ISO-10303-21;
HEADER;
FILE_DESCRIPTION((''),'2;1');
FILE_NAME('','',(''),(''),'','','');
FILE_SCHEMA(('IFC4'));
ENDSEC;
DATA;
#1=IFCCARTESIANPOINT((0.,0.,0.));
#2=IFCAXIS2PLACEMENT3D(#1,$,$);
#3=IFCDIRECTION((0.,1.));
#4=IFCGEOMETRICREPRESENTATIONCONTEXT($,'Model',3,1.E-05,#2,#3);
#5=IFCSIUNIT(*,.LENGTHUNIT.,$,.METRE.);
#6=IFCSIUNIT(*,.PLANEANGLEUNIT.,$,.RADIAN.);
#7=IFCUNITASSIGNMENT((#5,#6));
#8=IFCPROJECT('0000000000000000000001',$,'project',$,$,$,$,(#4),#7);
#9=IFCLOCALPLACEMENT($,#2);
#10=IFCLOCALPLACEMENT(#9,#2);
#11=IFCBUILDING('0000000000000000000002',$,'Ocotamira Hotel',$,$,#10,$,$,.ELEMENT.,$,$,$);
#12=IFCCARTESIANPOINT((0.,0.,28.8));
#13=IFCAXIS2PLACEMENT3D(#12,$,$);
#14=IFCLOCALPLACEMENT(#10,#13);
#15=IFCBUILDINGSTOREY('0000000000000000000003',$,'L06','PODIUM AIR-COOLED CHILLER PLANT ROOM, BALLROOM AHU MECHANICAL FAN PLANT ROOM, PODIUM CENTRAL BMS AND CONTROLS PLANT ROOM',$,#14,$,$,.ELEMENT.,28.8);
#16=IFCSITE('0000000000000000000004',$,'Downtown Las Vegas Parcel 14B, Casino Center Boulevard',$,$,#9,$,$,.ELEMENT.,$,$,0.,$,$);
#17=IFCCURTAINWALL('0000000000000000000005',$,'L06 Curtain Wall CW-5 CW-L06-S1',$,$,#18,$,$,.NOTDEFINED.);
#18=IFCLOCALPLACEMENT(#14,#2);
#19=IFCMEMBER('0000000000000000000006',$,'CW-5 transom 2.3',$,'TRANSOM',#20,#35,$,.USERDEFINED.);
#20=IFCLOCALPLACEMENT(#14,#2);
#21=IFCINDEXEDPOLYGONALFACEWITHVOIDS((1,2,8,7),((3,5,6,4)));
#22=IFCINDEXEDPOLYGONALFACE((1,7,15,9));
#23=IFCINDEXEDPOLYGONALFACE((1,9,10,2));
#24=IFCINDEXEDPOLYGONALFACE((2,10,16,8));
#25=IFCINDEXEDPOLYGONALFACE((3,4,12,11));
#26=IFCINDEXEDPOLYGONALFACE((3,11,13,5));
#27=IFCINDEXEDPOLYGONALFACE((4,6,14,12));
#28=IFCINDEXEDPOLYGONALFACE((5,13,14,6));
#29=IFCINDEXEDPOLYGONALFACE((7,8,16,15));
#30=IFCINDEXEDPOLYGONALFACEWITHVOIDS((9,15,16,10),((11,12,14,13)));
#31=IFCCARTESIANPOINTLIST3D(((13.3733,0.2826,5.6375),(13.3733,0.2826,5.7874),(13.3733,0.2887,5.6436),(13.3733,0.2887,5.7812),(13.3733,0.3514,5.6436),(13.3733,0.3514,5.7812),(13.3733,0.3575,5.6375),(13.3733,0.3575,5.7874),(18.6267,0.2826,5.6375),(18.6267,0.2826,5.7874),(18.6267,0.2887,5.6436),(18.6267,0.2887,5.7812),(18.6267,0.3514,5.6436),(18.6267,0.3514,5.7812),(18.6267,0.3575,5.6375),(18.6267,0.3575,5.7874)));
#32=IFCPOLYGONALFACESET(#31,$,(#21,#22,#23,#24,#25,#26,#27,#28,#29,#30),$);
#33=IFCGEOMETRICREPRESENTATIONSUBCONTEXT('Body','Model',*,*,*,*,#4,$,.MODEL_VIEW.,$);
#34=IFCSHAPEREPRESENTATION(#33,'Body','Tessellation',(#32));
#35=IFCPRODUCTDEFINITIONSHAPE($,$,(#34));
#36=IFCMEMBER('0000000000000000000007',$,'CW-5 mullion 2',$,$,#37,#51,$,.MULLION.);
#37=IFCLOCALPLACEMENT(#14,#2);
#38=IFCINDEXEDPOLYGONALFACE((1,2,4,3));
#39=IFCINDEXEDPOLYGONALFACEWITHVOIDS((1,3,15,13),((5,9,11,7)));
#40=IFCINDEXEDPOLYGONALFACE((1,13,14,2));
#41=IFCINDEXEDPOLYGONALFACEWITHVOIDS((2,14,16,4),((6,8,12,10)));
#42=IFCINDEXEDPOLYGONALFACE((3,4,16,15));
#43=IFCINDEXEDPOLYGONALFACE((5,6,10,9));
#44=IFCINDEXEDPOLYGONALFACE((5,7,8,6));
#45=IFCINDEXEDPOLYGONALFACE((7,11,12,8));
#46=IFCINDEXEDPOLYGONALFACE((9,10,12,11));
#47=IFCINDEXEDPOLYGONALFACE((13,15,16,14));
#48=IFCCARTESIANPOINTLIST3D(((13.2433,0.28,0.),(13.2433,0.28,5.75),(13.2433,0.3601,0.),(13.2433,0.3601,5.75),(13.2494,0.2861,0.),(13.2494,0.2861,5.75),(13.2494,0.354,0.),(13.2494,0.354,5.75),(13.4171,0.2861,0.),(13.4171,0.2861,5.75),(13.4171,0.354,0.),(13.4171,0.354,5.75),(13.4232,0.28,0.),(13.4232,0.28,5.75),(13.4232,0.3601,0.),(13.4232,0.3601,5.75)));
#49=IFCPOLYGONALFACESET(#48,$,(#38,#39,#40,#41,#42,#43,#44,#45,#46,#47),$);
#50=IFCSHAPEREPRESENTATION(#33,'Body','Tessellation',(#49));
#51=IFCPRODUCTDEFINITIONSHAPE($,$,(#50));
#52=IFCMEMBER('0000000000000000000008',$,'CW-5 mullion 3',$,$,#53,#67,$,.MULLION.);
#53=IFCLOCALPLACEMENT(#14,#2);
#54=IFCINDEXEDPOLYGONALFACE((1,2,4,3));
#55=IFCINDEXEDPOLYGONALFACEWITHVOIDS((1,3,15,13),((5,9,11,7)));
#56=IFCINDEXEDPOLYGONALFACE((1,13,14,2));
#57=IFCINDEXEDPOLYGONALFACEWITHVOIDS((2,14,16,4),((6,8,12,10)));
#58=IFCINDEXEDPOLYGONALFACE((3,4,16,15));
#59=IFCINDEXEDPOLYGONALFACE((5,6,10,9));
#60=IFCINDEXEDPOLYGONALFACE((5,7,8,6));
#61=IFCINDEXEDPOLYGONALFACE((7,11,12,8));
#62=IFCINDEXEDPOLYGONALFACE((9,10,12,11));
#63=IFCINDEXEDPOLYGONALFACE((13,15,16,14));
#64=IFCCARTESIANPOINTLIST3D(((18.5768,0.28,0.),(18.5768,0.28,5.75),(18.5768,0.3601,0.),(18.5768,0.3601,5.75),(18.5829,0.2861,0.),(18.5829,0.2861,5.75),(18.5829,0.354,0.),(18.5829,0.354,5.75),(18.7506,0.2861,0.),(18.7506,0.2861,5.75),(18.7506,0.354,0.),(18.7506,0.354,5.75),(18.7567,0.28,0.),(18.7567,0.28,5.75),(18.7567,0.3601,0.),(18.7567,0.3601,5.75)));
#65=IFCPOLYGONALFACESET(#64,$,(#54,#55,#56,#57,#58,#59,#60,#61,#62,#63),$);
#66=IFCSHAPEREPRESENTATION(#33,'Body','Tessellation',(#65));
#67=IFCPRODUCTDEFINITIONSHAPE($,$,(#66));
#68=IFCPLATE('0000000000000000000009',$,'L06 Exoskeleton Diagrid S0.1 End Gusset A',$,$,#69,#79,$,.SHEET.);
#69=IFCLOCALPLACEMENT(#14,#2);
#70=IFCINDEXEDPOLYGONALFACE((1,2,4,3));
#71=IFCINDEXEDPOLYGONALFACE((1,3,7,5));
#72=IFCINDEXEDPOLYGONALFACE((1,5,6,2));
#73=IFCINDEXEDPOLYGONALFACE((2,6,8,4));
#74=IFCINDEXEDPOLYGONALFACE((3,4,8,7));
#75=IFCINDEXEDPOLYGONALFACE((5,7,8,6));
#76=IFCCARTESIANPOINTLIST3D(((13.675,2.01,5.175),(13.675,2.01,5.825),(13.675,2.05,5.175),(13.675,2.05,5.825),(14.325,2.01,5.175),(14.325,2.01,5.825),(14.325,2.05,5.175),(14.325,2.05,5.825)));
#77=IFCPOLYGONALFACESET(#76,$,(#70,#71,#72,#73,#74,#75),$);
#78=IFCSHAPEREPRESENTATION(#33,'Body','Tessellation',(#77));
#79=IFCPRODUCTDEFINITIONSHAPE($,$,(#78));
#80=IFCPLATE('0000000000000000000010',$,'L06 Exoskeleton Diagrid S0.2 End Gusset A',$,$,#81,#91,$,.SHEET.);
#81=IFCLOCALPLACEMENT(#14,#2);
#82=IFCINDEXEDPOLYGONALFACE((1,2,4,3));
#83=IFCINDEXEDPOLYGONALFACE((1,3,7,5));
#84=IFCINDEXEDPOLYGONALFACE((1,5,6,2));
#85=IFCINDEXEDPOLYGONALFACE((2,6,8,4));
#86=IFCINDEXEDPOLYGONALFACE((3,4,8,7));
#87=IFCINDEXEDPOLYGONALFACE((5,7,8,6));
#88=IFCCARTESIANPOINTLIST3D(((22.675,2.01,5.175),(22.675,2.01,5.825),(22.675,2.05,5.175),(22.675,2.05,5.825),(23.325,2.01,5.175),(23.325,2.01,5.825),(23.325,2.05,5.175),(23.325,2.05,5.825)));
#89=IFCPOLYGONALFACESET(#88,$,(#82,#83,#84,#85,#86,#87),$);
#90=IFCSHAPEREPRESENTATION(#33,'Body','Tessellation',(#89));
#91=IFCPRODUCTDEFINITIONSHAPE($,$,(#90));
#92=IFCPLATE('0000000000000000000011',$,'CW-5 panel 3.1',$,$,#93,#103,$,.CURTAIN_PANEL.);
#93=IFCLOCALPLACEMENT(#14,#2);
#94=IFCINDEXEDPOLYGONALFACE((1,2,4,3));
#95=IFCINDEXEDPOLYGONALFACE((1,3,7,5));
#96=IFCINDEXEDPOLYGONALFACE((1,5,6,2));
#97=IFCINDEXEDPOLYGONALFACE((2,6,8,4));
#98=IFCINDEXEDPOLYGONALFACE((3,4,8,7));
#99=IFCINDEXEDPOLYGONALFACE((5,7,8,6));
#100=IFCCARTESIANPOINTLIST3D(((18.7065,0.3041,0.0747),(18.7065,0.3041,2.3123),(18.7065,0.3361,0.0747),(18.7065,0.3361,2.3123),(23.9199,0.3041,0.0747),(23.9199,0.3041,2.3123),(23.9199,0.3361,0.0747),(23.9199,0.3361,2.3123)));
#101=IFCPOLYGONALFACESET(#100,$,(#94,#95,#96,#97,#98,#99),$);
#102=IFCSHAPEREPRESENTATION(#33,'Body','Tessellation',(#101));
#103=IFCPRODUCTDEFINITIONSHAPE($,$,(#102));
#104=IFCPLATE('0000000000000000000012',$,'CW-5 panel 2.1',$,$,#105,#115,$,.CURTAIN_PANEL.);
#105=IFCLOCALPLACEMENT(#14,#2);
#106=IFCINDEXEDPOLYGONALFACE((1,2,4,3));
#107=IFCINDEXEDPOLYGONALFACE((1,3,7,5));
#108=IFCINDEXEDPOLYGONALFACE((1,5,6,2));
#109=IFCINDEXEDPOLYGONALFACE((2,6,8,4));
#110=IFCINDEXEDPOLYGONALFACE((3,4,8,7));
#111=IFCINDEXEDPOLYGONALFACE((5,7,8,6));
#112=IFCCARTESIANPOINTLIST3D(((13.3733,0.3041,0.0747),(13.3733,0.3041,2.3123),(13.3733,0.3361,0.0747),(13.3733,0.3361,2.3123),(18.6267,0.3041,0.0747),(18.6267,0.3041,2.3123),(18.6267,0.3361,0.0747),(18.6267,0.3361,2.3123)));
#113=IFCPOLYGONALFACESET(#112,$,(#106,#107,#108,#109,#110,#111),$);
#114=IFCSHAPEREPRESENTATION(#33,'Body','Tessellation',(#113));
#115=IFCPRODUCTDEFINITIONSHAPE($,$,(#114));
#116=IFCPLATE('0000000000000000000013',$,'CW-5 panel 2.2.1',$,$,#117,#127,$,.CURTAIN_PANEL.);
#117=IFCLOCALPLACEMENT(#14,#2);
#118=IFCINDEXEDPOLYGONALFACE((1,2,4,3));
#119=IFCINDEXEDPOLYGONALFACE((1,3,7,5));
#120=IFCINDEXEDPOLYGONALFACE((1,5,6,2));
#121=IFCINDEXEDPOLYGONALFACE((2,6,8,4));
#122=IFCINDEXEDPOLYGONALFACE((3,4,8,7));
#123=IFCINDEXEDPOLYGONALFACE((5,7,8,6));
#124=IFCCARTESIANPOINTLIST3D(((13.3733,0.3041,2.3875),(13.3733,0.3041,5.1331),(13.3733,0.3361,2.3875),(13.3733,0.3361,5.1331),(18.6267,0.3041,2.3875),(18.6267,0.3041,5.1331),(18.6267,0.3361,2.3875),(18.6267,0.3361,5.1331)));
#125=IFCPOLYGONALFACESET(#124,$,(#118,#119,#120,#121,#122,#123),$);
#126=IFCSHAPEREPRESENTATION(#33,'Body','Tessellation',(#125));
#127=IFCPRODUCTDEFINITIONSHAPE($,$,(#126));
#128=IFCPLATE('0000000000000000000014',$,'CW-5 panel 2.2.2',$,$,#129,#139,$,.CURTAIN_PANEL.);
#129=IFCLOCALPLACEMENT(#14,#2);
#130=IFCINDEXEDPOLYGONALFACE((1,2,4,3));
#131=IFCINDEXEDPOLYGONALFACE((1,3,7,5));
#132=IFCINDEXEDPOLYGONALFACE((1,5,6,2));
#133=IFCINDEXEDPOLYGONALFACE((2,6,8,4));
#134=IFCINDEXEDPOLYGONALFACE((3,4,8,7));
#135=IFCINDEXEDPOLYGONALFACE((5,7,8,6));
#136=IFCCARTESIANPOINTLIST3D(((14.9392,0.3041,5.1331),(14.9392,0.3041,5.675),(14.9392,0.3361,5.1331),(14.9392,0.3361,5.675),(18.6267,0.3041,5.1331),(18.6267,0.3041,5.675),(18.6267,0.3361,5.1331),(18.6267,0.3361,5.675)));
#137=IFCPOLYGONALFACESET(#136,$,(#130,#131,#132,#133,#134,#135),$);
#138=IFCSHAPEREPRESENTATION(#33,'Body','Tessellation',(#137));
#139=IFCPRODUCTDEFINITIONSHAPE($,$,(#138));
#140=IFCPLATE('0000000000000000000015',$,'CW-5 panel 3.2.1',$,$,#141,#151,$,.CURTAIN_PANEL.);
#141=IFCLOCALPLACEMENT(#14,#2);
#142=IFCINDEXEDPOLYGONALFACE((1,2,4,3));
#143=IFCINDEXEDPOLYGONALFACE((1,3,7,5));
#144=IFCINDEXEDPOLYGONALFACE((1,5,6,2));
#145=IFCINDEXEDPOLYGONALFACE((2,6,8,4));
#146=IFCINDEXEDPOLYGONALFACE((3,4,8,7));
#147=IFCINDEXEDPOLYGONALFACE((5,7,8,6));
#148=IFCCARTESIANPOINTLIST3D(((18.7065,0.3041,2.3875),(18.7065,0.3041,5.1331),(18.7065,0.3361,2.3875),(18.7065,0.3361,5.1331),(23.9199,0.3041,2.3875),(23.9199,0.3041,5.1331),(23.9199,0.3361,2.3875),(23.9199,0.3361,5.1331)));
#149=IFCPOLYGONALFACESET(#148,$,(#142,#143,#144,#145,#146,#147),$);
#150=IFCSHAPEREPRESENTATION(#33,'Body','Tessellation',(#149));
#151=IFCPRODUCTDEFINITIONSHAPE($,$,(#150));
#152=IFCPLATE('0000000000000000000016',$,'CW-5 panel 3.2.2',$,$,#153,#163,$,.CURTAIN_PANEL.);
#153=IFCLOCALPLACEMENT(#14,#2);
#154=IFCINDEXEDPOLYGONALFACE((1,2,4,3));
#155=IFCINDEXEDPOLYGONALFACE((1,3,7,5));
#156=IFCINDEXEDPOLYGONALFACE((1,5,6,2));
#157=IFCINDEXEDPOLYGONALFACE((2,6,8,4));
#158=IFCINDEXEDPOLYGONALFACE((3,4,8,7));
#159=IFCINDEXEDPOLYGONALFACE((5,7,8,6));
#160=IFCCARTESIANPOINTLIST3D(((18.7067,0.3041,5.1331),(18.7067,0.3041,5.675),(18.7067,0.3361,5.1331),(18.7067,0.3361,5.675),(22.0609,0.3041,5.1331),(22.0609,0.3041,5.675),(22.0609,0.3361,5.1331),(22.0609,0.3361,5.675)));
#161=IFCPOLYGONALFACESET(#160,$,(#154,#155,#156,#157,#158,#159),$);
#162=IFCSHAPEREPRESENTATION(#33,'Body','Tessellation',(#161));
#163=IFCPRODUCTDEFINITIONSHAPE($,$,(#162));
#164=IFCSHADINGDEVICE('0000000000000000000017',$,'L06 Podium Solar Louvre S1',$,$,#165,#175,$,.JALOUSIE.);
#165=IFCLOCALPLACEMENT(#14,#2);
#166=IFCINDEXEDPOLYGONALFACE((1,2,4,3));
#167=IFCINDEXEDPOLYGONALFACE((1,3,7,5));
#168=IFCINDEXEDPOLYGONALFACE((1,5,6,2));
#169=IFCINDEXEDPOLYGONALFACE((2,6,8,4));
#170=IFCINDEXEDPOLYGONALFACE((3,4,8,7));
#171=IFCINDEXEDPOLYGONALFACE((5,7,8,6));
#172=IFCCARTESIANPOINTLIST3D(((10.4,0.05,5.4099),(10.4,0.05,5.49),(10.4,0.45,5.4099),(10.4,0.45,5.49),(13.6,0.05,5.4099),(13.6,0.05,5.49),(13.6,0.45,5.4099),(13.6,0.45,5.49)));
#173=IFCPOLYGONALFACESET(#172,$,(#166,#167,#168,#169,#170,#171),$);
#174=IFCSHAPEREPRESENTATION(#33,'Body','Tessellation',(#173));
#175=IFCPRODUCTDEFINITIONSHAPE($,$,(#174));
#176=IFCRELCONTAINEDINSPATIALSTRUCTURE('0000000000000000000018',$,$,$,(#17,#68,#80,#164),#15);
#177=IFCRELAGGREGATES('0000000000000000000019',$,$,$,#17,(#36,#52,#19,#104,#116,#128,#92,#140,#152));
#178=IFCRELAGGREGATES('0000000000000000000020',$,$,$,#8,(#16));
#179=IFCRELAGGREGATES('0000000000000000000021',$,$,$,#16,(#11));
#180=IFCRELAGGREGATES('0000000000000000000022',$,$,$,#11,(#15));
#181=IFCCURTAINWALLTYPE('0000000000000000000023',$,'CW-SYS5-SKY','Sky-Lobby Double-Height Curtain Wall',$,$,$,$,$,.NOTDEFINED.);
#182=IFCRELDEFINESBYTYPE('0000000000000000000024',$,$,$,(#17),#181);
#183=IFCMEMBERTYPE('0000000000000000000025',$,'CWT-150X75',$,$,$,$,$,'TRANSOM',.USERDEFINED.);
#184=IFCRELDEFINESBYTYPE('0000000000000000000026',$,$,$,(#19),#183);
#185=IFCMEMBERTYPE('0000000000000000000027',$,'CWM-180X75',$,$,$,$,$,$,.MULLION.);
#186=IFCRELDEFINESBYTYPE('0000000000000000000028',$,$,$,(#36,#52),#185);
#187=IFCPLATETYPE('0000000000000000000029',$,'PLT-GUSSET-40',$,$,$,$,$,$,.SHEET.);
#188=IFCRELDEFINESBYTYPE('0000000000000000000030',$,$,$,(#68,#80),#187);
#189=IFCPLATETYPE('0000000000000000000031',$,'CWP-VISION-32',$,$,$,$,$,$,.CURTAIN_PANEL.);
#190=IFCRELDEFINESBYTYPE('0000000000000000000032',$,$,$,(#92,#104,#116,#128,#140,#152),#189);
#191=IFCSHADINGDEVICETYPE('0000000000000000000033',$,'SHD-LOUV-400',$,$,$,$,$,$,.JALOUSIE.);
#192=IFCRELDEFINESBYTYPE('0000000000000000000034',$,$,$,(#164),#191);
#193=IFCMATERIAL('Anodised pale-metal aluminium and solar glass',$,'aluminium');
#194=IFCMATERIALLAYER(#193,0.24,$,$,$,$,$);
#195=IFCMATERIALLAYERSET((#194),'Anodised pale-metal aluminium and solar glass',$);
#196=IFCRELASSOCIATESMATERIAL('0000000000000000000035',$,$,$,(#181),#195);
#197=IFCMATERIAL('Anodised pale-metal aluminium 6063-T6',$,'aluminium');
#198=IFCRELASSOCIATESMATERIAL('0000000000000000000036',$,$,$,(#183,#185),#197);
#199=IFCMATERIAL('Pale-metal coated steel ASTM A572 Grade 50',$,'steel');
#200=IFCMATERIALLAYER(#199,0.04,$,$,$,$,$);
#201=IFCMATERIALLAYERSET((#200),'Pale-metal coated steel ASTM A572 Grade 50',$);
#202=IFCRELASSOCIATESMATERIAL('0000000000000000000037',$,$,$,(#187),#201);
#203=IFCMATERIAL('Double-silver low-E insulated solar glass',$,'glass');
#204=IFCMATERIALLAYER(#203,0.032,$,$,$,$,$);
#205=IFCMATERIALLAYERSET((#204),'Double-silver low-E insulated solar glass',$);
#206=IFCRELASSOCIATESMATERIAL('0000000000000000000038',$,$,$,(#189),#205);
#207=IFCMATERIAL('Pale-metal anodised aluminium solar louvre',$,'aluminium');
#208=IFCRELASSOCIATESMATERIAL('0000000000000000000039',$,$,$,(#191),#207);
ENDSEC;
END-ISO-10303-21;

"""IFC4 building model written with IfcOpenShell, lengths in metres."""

from ifc_helpers import new_model, si_unit, direction, frame, origin, origin_2d, place, context, subcontext, project, spatial, rectangle, hollow_rectangle, extrude, source, transform, mapped, material, layer, layer_set, material_profile, profile_set, type_object, element, aggregate, save


model = new_model("IFC4")

# Units and contexts
model_context = context("Model", 3, precision=1e-05, world=origin(), true_north=direction((0.0, 1.0)))
body_context = subcontext(model_context, "Body", "Model", "MODEL_VIEW")
ifc_project = project(units=[si_unit("LENGTHUNIT", "METRE"), si_unit("PLANEANGLEUNIT", "RADIAN")], contexts=[model_context])

# Site, building, storey
site_placement = place(None, origin())
site = spatial("IfcSite", under=ifc_project, at=site_placement, Name="Downtown Las Vegas Parcel 14B, Casino Center Boulevard", CompositionType="ELEMENT", RefElevation=0.0)
building_placement = place(site_placement, origin())
building = spatial("IfcBuilding", under=site, at=building_placement, Name="Ocotamira Hotel", CompositionType="ELEMENT")
storey_placement = place(building_placement, frame((0.0, 0.0, 28.8)))
storey = spatial("IfcBuildingStorey", under=building, at=storey_placement, Name="L06", Description="PODIUM AIR-COOLED CHILLER PLANT ROOM, BALLROOM AHU MECHANICAL FAN PLANT ROOM, PODIUM CENTRAL BMS AND CONTROLS PLANT ROOM", CompositionType="ELEMENT", Elevation=28.8)

# Curtain wall, members
ifc_material_1 = material(Name="Anodised pale-metal aluminium and solar glass", Category="aluminium")
ifc_layer_1 = layer(ifc_material_1, 0.24)
ifc_layer_set_1 = layer_set([ifc_layer_1], Name="Anodised pale-metal aluminium and solar glass")
curtain_wall_type = type_object("IfcCurtainWallType", Name="CW-SYS5-SKY", Description="Sky-Lobby Double-Height Curtain Wall", PredefinedType="NOTDEFINED", material=ifc_layer_set_1)
curtain_wall_placement = place(storey_placement, origin())
curtain_wall = element("IfcCurtainWall", 1, at=curtain_wall_placement, inside=storey, type_object=curtain_wall_type, Name="L06 Curtain Wall CW-5 CW-L06-S1", PredefinedType="NOTDEFINED")
ifc_material_2 = material(Name="Anodised pale-metal aluminium 6063-T6", Category="aluminium")
ifc_material_profile_1 = material_profile(ifc_material_2, hollow_rectangle(XDim=0.075, YDim=0.1499, WallThickness=0.0061, at=origin_2d()), Name="HSS150X75X6")
ifc_profile_set_1 = profile_set([ifc_material_profile_1], Name="Anodised pale-metal aluminium 6063-T6")
member_type_1 = type_object("IfcMemberType", Name="CWT-150X75", ElementType="TRANSOM", PredefinedType="USERDEFINED", material=ifc_profile_set_1)
shared_shape_1 = source(origin(), body_context, "Body", "SweptSolid", [
    extrude(hollow_rectangle(XDim=0.075, YDim=0.1499, WallThickness=0.0061, at=origin_2d()), origin(), (0.0, 0.0, 1.0), 5.2534),
])
member_1_placement = place(storey_placement, frame((13.3733, 0.3201, 5.7124), z_axis=(1.0, 0.0, 0.0), x_axis=(0.0, 1.0, 0.0)))
member_1 = element("IfcMember", 2, at=member_1_placement, type_object=member_type_1, Name="CW-5 transom 2.3", ObjectType="TRANSOM", PredefinedType="USERDEFINED", context=body_context, shape_type="MappedRepresentation", body=[
    mapped(shared_shape_1, transform((0.0, 0.0, 0.0), scale=1.0)),
])
ifc_material_profile_2 = material_profile(ifc_material_2, hollow_rectangle(XDim=0.0801, YDim=0.1799, WallThickness=0.0061, at=origin_2d()), Name="HSS180X80X6")
ifc_profile_set_2 = profile_set([ifc_material_profile_2], Name="Anodised pale-metal aluminium 6063-T6")
member_type_2 = type_object("IfcMemberType", Name="CWM-180X75", PredefinedType="MULLION", material=ifc_profile_set_2)
shared_shape_2 = source(origin(), body_context, "Body", "SweptSolid", [
    extrude(hollow_rectangle(XDim=0.0801, YDim=0.1799, WallThickness=0.0061, at=origin_2d()), origin(), (0.0, 0.0, 1.0), 5.75),
])
member_2_placement = place(storey_placement, frame((13.3333, 0.3201, 0.0), z_axis=(0.0, 0.0, 1.0), x_axis=(0.0, 1.0, 0.0)))
member_2 = element("IfcMember", 3, at=member_2_placement, type_object=member_type_2, Name="CW-5 mullion 2", PredefinedType="MULLION", context=body_context, shape_type="MappedRepresentation", body=[
    mapped(shared_shape_2, transform((0.0, 0.0, 0.0), scale=1.0)),
])
member_3_placement = place(storey_placement, frame((18.6667, 0.3201, 0.0), z_axis=(0.0, 0.0, 1.0), x_axis=(0.0, 1.0, 0.0)))
member_3 = element("IfcMember", 4, at=member_3_placement, type_object=member_type_2, Name="CW-5 mullion 3", PredefinedType="MULLION", context=body_context, shape_type="MappedRepresentation", body=[
    mapped(shared_shape_2, transform((0.0, 0.0, 0.0), scale=1.0)),
])

# Plates
ifc_material_3 = material(Name="Pale-metal coated steel ASTM A572 Grade 50", Category="steel")
ifc_layer_2 = layer(ifc_material_3, 0.04)
ifc_layer_set_2 = layer_set([ifc_layer_2], Name="Pale-metal coated steel ASTM A572 Grade 50")
plate_type_1 = type_object("IfcPlateType", Name="PLT-GUSSET-40", PredefinedType="SHEET", material=ifc_layer_set_2)
shared_shape_3 = source(origin(), body_context, "Body", "SweptSolid", [
    extrude(rectangle(XDim=0.6499, YDim=0.04, at=origin_2d()), origin(), (0.0, 0.0, 1.0), 0.6499),
])
for number, where, z_axis, x_axis, name in (
    (5, (14.0, 2.03, 5.175), (0.0, 0.0, 1.0), (1.0, 0.0, 0.0), "L06 Exoskeleton Diagrid S0.1 End Gusset A"),
    (6, (23.0, 2.03, 5.175), (0.0, 0.0, 1.0), (-1.0, 0.0, 0.0), "L06 Exoskeleton Diagrid S0.2 End Gusset A"),
):
    element("IfcPlate", number, at=place(storey_placement, frame(where, z_axis=z_axis, x_axis=x_axis)), inside=storey, type_object=plate_type_1, Name=name, PredefinedType="SHEET", context=body_context, shape_type="MappedRepresentation", body=[
        mapped(shared_shape_3, transform((0.0, 0.0, 0.0), scale=1.0)),
    ])

# Plates
ifc_material_4 = material(Name="Double-silver low-E insulated solar glass", Category="glass")
ifc_layer_3 = layer(ifc_material_4, 0.032)
ifc_layer_set_3 = layer_set([ifc_layer_3], Name="Double-silver low-E insulated solar glass")
plate_type_2 = type_object("IfcPlateType", Name="CWP-VISION-32", PredefinedType="CURTAIN_PANEL", material=ifc_layer_set_3)
shared_shape_4 = source(origin(), body_context, "Body", "SweptSolid", [
    extrude(rectangle(XDim=5.2134, YDim=0.032, at=origin_2d()), origin(), (0.0, 0.0, 1.0), 2.2375),
])
plate_1_placement = place(storey_placement, frame((21.3132, 0.3201, 0.0747), z_axis=(0.0, 0.0, 1.0), x_axis=(1.0, 0.0, 0.0)))
plate_1 = element("IfcPlate", 7, at=plate_1_placement, type_object=plate_type_2, Name="CW-5 panel 3.1", PredefinedType="CURTAIN_PANEL", context=body_context, shape_type="MappedRepresentation", body=[
    mapped(shared_shape_4, transform((0.0, 0.0, 0.0), scale=1.0)),
])
shared_shape_5 = source(origin(), body_context, "Body", "SweptSolid", [
    extrude(rectangle(XDim=5.2534, YDim=0.032, at=origin_2d()), origin(), (0.0, 0.0, 1.0), 2.2375),
])
plate_2_placement = place(storey_placement, frame((16.0, 0.3201, 0.0747), z_axis=(0.0, 0.0, 1.0), x_axis=(1.0, 0.0, 0.0)))
plate_2 = element("IfcPlate", 8, at=plate_2_placement, type_object=plate_type_2, Name="CW-5 panel 2.1", PredefinedType="CURTAIN_PANEL", context=body_context, shape_type="MappedRepresentation", body=[
    mapped(shared_shape_5, transform((0.0, 0.0, 0.0), scale=1.0)),
])
shared_shape_6 = source(origin(), body_context, "Body", "SweptSolid", [
    extrude(rectangle(XDim=5.2534, YDim=0.032, at=origin_2d()), origin(), (0.0, 0.0, 1.0), 2.7456),
])
plate_3_placement = place(storey_placement, frame((16.0, 0.3201, 2.3875), z_axis=(0.0, 0.0, 1.0), x_axis=(1.0, 0.0, 0.0)))
plate_3 = element("IfcPlate", 9, at=plate_3_placement, type_object=plate_type_2, Name="CW-5 panel 2.2.1", PredefinedType="CURTAIN_PANEL", context=body_context, shape_type="MappedRepresentation", body=[
    mapped(shared_shape_6, transform((0.0, 0.0, 0.0), scale=1.0)),
])
shared_shape_7 = source(origin(), body_context, "Body", "SweptSolid", [
    extrude(rectangle(XDim=3.6875, YDim=0.032, at=origin_2d()), origin(), (0.0, 0.0, 1.0), 0.542),
])
plate_4_placement = place(storey_placement, frame((16.783, 0.3201, 5.1331), z_axis=(0.0, 0.0, 1.0), x_axis=(1.0, 0.0, 0.0)))
plate_4 = element("IfcPlate", 10, at=plate_4_placement, type_object=plate_type_2, Name="CW-5 panel 2.2.2", PredefinedType="CURTAIN_PANEL", context=body_context, shape_type="MappedRepresentation", body=[
    mapped(shared_shape_7, transform((0.0, 0.0, 0.0), scale=1.0)),
])
shared_shape_8 = source(origin(), body_context, "Body", "SweptSolid", [
    extrude(rectangle(XDim=5.2134, YDim=0.032, at=origin_2d()), origin(), (0.0, 0.0, 1.0), 2.7456),
])
plate_5_placement = place(storey_placement, frame((21.3132, 0.3201, 2.3875), z_axis=(0.0, 0.0, 1.0), x_axis=(1.0, 0.0, 0.0)))
plate_5 = element("IfcPlate", 11, at=plate_5_placement, type_object=plate_type_2, Name="CW-5 panel 3.2.1", PredefinedType="CURTAIN_PANEL", context=body_context, shape_type="MappedRepresentation", body=[
    mapped(shared_shape_8, transform((0.0, 0.0, 0.0), scale=1.0)),
])
shared_shape_9 = source(origin(), body_context, "Body", "SweptSolid", [
    extrude(rectangle(XDim=3.3542, YDim=0.032, at=origin_2d()), origin(), (0.0, 0.0, 1.0), 0.542),
])
plate_6_placement = place(storey_placement, frame((20.3838, 0.3201, 5.1331), z_axis=(0.0, 0.0, 1.0), x_axis=(1.0, 0.0, 0.0)))
plate_6 = element("IfcPlate", 12, at=plate_6_placement, type_object=plate_type_2, Name="CW-5 panel 3.2.2", PredefinedType="CURTAIN_PANEL", context=body_context, shape_type="MappedRepresentation", body=[
    mapped(shared_shape_9, transform((0.0, 0.0, 0.0), scale=1.0)),
])
aggregate(curtain_wall, [member_2, member_3, member_1, plate_2, plate_3, plate_4, plate_1, plate_5, plate_6])

# Shading device
ifc_material_5 = material(Name="Pale-metal anodised aluminium solar louvre", Category="aluminium")
shading_device_type = type_object("IfcShadingDeviceType", Name="SHD-LOUV-400", PredefinedType="JALOUSIE", material=ifc_material_5)
shared_shape_10 = source(origin(), body_context, "Body", "SweptSolid", [
    extrude(rectangle(XDim=3.2, YDim=0.3999, at=origin_2d()), origin(), (0.0, 0.0, 1.0), 0.0801),
])
for number, where, z_axis, x_axis, name in (
    (13, (12.0, 0.25, 5.4099), (0.0, 0.0, 1.0), (1.0, 0.0, 0.0), "L06 Podium Solar Louvre S1"),
):
    element("IfcShadingDevice", number, at=place(storey_placement, frame(where, z_axis=z_axis, x_axis=x_axis)), inside=storey, type_object=shading_device_type, Name=name, PredefinedType="JALOUSIE", context=body_context, shape_type="MappedRepresentation", body=[
        mapped(shared_shape_10, transform((0.0, 0.0, 0.0), scale=1.0)),
    ])

save(model, "model.ifc")
